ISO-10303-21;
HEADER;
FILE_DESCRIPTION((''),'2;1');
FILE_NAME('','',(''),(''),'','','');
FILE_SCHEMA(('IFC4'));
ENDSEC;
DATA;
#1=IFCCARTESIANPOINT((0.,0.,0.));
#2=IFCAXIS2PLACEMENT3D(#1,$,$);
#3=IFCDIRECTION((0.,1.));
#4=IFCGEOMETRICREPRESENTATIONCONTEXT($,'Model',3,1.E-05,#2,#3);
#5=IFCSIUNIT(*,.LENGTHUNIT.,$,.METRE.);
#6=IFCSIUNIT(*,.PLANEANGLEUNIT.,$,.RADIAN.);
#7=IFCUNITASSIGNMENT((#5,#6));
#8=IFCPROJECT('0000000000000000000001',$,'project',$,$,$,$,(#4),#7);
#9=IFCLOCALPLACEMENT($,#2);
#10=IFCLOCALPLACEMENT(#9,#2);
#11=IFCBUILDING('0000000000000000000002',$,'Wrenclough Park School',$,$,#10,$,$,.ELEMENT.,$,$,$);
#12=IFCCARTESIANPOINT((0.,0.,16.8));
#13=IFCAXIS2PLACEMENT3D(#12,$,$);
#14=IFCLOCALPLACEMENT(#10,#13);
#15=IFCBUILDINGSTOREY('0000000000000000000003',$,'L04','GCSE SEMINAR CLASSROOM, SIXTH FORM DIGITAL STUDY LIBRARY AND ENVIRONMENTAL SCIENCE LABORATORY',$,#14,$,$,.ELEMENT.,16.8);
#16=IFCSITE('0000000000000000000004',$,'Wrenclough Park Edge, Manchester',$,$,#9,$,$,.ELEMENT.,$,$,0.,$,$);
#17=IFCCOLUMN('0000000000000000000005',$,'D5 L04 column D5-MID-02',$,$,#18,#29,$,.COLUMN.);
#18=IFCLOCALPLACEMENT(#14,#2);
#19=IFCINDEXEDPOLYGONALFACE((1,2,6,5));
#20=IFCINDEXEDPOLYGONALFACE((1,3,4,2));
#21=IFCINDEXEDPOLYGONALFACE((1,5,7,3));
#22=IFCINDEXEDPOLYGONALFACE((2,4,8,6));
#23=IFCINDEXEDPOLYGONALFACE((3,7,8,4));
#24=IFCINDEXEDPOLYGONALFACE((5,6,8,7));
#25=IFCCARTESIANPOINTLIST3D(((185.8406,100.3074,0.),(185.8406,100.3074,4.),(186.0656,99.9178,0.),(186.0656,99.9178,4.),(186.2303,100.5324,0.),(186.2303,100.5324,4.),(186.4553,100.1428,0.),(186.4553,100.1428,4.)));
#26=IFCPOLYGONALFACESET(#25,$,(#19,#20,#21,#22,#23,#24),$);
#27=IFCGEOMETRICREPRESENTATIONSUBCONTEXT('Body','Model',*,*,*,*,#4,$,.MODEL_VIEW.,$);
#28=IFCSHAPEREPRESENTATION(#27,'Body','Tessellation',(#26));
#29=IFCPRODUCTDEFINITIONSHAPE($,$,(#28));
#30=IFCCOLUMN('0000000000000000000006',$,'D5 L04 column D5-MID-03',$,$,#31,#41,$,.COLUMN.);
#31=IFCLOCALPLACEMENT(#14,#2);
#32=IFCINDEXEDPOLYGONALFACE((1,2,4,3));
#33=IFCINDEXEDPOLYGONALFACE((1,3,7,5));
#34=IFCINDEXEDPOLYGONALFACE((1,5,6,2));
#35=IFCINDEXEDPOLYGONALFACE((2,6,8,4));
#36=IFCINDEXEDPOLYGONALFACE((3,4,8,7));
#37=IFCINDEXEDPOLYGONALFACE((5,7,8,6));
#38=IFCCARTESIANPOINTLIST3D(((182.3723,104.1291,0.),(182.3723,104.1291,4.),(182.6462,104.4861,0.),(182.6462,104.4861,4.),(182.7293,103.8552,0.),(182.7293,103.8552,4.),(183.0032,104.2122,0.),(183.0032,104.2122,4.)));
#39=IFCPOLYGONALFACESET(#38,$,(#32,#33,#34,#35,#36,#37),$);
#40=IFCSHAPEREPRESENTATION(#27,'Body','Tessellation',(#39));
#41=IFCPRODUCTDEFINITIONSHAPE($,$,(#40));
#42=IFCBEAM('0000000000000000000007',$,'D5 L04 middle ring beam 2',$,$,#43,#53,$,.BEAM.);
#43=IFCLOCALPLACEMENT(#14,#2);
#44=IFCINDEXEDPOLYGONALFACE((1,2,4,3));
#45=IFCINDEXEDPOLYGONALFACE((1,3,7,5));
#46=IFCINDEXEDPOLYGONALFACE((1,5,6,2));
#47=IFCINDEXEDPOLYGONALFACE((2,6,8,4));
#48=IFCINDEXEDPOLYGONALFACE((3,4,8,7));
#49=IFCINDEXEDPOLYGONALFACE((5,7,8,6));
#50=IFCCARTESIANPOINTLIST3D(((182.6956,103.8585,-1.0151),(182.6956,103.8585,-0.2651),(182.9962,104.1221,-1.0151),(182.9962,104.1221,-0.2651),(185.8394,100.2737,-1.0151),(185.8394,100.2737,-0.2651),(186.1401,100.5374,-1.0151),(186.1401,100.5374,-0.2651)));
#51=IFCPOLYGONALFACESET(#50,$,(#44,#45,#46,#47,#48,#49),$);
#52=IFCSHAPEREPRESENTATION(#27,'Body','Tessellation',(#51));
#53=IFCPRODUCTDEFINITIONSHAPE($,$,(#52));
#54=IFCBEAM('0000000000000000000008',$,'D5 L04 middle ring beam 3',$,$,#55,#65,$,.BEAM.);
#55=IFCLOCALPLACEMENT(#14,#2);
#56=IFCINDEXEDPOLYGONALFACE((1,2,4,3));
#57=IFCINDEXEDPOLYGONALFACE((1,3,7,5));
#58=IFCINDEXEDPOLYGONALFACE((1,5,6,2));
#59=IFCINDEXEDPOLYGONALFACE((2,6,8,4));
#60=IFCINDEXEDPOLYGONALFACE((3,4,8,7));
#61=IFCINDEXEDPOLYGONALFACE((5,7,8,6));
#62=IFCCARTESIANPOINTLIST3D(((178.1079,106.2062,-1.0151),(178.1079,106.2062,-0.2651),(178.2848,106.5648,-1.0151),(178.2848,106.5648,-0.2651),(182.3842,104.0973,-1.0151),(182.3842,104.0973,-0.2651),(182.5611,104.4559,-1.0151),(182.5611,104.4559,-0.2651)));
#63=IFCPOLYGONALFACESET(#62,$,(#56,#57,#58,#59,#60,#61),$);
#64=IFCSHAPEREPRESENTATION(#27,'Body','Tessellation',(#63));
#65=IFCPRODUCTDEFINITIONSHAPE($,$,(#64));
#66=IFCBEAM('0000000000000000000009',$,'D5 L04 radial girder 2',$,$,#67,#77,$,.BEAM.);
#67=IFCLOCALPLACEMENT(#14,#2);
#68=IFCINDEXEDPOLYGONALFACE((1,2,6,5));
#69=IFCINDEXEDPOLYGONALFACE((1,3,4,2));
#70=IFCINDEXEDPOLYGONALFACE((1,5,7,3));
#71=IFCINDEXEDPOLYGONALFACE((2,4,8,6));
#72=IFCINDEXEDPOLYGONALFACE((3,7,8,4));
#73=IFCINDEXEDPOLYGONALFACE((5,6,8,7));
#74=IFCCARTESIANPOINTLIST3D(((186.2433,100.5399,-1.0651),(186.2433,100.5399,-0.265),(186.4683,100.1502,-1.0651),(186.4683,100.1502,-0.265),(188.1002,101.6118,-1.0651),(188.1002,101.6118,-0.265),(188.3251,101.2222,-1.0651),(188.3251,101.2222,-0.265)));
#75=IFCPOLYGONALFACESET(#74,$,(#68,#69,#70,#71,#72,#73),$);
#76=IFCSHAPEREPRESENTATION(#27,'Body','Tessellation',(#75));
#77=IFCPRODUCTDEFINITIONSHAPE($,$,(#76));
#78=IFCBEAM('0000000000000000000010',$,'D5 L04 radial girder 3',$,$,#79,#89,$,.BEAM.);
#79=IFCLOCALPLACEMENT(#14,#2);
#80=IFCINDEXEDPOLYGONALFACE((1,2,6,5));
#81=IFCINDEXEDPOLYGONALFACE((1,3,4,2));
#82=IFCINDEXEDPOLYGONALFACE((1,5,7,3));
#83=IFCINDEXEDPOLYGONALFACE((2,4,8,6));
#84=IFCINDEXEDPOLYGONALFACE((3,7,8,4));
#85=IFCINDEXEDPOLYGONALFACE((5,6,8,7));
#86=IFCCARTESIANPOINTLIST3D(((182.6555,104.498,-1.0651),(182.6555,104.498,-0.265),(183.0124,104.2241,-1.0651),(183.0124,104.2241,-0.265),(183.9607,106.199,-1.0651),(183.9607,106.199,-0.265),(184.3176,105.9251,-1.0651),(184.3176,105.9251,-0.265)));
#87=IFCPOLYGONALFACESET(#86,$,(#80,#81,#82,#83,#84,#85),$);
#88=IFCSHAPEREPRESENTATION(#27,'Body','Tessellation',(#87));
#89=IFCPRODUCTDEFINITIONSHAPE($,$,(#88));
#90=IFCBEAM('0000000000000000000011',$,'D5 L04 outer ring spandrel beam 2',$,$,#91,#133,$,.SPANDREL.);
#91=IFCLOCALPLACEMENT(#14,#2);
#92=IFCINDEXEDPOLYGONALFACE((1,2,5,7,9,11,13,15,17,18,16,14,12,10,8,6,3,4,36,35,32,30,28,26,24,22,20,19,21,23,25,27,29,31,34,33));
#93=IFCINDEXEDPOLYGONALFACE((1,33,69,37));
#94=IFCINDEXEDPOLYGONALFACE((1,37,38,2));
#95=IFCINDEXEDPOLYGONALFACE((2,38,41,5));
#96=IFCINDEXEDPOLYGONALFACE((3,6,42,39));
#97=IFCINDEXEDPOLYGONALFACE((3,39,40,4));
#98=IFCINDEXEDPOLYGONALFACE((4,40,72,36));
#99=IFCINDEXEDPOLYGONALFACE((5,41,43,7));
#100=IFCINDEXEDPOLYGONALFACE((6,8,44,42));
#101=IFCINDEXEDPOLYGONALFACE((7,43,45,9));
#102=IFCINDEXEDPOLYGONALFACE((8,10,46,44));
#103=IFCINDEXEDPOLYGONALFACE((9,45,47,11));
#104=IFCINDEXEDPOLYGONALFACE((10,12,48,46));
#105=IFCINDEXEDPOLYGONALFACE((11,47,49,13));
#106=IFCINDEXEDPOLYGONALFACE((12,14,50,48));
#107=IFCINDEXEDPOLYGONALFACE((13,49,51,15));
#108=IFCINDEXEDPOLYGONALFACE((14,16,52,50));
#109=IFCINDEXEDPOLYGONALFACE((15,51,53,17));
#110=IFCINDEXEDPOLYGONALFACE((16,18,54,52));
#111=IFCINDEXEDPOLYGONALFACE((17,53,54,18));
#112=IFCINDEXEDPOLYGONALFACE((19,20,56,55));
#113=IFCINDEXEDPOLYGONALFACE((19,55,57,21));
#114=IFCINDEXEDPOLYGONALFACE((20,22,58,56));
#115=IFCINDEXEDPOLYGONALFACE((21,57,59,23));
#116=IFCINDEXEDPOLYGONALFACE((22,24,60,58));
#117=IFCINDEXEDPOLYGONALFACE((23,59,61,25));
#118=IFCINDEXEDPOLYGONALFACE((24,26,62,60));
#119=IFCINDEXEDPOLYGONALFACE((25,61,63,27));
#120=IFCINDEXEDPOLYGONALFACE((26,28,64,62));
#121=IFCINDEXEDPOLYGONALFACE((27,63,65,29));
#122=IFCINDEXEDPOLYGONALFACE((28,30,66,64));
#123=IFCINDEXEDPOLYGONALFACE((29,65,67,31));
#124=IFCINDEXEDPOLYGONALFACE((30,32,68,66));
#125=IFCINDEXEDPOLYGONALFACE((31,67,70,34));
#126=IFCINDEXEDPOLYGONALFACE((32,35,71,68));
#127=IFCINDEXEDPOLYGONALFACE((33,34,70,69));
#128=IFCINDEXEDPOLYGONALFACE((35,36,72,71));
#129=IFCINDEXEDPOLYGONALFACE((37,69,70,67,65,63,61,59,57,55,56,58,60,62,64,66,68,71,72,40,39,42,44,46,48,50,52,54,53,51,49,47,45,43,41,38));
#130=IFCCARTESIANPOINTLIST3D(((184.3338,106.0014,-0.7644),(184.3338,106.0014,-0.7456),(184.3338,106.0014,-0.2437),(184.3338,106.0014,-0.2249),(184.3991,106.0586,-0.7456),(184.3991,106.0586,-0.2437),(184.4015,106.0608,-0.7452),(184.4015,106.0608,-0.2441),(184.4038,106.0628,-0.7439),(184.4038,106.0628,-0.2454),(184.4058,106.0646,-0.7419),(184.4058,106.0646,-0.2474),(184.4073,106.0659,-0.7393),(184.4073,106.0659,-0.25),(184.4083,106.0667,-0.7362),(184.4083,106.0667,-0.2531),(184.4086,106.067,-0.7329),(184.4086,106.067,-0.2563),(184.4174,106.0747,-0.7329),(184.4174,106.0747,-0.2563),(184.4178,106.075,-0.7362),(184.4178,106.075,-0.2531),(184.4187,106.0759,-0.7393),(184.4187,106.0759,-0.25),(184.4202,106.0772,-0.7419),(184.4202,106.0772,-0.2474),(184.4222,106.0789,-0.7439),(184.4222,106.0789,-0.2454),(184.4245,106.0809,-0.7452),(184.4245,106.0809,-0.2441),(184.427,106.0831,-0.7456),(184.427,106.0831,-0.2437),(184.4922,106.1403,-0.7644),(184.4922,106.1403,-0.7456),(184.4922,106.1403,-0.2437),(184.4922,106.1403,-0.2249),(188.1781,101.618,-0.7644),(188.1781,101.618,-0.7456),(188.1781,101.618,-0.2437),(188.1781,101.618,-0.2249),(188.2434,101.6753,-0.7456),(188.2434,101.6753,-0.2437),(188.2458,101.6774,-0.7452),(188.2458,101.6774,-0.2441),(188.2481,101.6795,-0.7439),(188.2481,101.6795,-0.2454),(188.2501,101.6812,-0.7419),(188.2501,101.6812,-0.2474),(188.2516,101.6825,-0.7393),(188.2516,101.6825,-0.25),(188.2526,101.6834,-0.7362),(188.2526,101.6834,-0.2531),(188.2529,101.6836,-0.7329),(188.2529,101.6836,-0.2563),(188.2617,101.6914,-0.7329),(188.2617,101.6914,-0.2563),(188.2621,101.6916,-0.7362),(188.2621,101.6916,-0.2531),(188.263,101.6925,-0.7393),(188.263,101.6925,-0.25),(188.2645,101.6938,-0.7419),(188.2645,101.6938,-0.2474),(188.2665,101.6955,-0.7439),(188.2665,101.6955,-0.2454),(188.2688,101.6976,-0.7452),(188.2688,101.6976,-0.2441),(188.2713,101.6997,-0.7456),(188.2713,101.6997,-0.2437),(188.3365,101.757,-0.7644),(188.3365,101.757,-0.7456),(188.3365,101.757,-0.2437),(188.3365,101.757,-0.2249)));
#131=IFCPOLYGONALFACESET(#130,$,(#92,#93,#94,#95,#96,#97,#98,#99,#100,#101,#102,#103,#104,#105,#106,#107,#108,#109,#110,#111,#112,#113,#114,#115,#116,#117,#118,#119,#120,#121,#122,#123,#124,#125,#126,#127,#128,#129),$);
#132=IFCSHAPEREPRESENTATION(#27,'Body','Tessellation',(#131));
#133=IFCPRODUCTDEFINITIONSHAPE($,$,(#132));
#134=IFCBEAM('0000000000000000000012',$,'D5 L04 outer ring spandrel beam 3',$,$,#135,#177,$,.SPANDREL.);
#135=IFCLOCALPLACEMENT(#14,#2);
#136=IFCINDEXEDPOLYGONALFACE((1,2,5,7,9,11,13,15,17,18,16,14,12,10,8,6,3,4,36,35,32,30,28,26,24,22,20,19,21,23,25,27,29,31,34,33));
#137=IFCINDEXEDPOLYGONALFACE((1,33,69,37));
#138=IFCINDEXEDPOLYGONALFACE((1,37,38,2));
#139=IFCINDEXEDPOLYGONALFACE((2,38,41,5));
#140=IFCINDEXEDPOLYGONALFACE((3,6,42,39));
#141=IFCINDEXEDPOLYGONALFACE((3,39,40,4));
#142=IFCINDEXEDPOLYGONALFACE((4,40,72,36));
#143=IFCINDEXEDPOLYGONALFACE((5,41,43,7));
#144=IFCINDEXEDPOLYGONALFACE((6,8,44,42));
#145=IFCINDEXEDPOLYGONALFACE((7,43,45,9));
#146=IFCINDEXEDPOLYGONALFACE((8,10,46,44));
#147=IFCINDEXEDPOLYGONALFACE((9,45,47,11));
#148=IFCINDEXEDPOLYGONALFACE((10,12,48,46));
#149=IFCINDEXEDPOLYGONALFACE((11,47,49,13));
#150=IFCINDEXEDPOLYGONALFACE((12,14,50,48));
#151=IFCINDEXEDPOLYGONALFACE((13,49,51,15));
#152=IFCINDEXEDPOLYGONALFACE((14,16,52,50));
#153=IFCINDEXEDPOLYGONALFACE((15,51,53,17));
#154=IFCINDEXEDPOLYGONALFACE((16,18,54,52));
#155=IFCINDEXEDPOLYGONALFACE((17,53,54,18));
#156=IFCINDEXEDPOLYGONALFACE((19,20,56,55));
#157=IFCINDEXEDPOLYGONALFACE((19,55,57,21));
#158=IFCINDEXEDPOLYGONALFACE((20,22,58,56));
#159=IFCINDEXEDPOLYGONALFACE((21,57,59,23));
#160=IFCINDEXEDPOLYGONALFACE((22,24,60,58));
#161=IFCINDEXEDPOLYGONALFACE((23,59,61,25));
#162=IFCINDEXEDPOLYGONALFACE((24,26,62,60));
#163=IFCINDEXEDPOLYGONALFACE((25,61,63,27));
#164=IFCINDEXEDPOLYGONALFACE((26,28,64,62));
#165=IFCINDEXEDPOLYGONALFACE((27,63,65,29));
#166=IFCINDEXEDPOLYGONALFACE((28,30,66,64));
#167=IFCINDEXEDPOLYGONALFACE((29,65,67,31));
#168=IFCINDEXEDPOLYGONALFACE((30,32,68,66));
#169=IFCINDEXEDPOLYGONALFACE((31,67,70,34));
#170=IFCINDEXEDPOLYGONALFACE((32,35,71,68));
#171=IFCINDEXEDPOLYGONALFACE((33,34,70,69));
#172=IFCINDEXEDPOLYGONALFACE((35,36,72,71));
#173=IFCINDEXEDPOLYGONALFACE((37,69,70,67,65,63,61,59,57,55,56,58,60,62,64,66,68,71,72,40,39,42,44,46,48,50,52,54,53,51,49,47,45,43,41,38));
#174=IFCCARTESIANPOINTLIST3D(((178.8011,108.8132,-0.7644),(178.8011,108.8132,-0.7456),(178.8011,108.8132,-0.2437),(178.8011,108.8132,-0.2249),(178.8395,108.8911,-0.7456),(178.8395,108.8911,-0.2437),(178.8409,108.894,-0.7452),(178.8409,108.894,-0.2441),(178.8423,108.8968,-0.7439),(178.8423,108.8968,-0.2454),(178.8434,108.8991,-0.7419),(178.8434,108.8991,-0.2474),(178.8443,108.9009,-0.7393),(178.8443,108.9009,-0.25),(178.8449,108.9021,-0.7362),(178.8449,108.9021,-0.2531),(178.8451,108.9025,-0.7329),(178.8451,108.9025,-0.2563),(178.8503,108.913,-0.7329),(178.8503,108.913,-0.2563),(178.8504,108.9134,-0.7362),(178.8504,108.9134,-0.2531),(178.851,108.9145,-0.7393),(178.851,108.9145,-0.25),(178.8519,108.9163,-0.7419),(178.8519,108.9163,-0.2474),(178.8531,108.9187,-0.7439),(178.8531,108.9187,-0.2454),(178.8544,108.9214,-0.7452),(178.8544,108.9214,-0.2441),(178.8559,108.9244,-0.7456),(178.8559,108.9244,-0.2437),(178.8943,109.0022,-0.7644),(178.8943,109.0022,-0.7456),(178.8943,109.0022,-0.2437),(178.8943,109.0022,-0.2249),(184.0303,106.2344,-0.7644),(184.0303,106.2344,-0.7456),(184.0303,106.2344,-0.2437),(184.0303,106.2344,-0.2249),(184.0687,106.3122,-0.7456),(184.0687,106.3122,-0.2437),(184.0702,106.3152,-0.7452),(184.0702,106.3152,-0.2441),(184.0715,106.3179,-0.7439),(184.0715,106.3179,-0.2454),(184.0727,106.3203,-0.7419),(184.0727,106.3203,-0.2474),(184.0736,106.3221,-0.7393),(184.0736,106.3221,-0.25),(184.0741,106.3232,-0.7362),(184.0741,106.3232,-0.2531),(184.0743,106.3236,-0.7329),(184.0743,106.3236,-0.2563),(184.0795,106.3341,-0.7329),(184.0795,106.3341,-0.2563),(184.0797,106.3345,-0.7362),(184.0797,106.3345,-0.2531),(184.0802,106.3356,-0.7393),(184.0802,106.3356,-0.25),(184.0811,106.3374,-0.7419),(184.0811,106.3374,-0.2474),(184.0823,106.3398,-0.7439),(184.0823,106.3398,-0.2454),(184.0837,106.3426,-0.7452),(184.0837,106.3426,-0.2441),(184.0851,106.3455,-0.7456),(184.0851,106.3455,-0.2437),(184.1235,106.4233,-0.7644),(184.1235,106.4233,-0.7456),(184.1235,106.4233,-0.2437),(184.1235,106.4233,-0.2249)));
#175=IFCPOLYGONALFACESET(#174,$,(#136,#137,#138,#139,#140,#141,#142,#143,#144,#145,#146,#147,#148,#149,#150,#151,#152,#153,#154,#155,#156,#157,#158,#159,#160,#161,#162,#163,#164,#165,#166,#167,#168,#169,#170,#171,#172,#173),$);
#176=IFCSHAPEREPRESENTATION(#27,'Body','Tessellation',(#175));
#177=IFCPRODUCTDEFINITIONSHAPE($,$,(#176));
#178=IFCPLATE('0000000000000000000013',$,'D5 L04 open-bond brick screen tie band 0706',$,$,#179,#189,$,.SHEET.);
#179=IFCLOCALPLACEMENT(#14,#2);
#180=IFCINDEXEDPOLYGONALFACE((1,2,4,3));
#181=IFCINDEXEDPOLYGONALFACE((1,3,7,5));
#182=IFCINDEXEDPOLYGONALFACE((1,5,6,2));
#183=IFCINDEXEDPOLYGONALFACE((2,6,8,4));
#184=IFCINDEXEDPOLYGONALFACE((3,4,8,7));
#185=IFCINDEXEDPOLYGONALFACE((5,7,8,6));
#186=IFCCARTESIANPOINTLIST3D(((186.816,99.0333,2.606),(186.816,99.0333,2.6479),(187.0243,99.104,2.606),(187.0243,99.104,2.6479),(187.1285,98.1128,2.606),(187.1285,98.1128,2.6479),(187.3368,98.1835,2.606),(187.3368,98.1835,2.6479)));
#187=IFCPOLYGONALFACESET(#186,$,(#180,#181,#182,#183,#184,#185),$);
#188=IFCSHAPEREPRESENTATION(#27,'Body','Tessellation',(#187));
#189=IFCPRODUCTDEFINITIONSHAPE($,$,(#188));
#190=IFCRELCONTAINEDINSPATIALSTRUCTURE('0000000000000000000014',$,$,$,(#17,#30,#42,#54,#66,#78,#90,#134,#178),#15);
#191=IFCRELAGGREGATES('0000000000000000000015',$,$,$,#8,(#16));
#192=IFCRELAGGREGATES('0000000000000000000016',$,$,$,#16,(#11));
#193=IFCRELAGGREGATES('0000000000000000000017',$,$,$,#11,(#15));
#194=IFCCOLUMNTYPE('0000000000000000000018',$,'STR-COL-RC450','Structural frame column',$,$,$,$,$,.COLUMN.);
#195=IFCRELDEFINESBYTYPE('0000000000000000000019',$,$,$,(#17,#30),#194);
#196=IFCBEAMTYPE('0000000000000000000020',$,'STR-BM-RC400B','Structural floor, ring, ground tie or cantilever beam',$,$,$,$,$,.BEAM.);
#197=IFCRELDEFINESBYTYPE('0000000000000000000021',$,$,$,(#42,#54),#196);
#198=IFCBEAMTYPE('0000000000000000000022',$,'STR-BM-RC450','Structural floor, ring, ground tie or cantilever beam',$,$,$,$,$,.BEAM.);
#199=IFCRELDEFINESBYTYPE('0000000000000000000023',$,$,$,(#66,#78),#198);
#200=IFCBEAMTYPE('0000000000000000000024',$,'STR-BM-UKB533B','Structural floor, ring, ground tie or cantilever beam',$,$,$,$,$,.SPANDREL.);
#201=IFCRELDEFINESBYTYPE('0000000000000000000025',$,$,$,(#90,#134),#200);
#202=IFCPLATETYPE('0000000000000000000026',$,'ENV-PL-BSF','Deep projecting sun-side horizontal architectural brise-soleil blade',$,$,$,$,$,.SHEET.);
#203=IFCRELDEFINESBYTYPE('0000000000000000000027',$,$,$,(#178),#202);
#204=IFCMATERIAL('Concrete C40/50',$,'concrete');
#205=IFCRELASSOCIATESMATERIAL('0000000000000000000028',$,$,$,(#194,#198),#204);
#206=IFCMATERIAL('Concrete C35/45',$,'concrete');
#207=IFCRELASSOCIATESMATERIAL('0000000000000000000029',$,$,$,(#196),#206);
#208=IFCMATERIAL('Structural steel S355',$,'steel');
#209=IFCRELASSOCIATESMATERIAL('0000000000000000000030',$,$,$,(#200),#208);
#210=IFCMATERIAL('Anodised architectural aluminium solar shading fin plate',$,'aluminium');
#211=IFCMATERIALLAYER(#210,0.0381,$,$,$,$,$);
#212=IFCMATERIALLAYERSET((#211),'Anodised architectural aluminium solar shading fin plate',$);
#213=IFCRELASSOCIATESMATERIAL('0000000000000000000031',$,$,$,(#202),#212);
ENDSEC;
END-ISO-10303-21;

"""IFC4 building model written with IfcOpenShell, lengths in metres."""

from ifc_helpers import new_model, si_unit, direction, frame, origin, origin_2d, place, context, subcontext, project, spatial, rectangle, i_section, extrude, material, layer, layer_set, material_profile, profile_set, type_object, element, save


model = new_model("IFC4")

# Units and contexts
model_context = context("Model", 3, precision=1e-05, world=origin(), true_north=direction((0.0, 1.0)))
body_context = subcontext(model_context, "Body", "Model", "MODEL_VIEW")
ifc_project = project(units=[si_unit("LENGTHUNIT", "METRE"), si_unit("PLANEANGLEUNIT", "RADIAN")], contexts=[model_context])

# Site, building, storey
site_placement = place(None, origin())
site = spatial("IfcSite", under=ifc_project, at=site_placement, Name="Wrenclough Park Edge, Manchester", CompositionType="ELEMENT", RefElevation=0.0)
building_placement = place(site_placement, origin())
building = spatial("IfcBuilding", under=site, at=building_placement, Name="Wrenclough Park School", CompositionType="ELEMENT")
storey_placement = place(building_placement, frame((0.0, 0.0, 16.8)))
storey = spatial("IfcBuildingStorey", under=building, at=storey_placement, Name="L04", Description="GCSE SEMINAR CLASSROOM, SIXTH FORM DIGITAL STUDY LIBRARY AND ENVIRONMENTAL SCIENCE LABORATORY", CompositionType="ELEMENT", Elevation=16.8)

# Columns
ifc_material_1 = material(Name="Concrete C40/50", Category="concrete")
ifc_material_profile_1 = material_profile(ifc_material_1, rectangle(XDim=0.45, YDim=0.45, at=origin_2d()), Name="RC COL 450x450")
ifc_profile_set_1 = profile_set([ifc_material_profile_1], Name="Concrete C40/50")
column_type = type_object("IfcColumnType", Name="STR-COL-RC450", Description="Structural frame column", PredefinedType="COLUMN", material=ifc_profile_set_1)
for number, where, z_axis, x_axis, name in (
    (1, (186.1479, 100.2251, 0.0), (0.0, 0.0, 1.0), (-0.5, 0.866025, 0.0), "D5 L04 column D5-MID-02"),
    (2, (182.6877, 104.1707, 0.0), (0.0, 0.0, 1.0), (-0.793353, 0.608761, 0.0), "D5 L04 column D5-MID-03"),
):
    element("IfcColumn", number, at=place(storey_placement, frame(where, z_axis=z_axis, x_axis=x_axis)), inside=storey, type_object=column_type, Name=name, PredefinedType="COLUMN", context=body_context, shape_type="SweptSolid", body=[
        extrude(rectangle(XDim=0.45, YDim=0.45, at=origin_2d()), origin(), (0.0, 0.0, 1.0), 4.0),
    ])

# Beams
ifc_material_2 = material(Name="Concrete C35/45", Category="concrete")
ifc_material_profile_2 = material_profile(ifc_material_2, rectangle(XDim=0.3999, YDim=0.75, at=origin_2d()), Name="RC BEAM 400x750")
ifc_profile_set_2 = profile_set([ifc_material_profile_2], Name="Concrete C35/45")
beam_type_1 = type_object("IfcBeamType", Name="STR-BM-RC400B", Description="Structural floor, ring, ground tie or cantilever beam", PredefinedType="BEAM", material=ifc_profile_set_2)
for number, where, z_axis, x_axis, name in (
    (3, (185.9897, 100.4055, -0.6401), (-0.659356, 0.751831, 0.0), (-0.751831, -0.659356, 0.0), "D5 L04 middle ring beam 2"),
    (4, (182.4727, 104.2766, -0.6401), (-0.896871, 0.442291, 0.0), (-0.442291, -0.896871, 0.0), "D5 L04 middle ring beam 3"),
):
    element("IfcBeam", number, at=place(storey_placement, frame(where, z_axis=z_axis, x_axis=x_axis)), inside=storey, type_object=beam_type_1, Name=name, PredefinedType="BEAM", context=body_context, shape_type="SweptSolid", body=[
        extrude(rectangle(XDim=0.3999, YDim=0.75, at=origin_2d()), origin(), (0.0, 0.0, 1.0), 4.7681),
    ])
ifc_material_profile_3 = material_profile(ifc_material_1, rectangle(XDim=0.45, YDim=0.8, at=origin_2d()), Name="RC BEAM 450x800")
ifc_profile_set_3 = profile_set([ifc_material_profile_3], Name="Concrete C40/50")
beam_type_2 = type_object("IfcBeamType", Name="STR-BM-RC450", Description="Structural floor, ring, ground tie or cantilever beam", PredefinedType="BEAM", material=ifc_profile_set_3)
for number, where, z_axis, x_axis, name in (
    (5, (188.2126, 101.417, -0.665), (-0.866041, -0.499972, 0.0), (0.499972, -0.866041, 0.0), "D5 L04 radial girder 2"),
    (6, (184.1392, 106.062, -0.665), (-0.608764, -0.793352, 0.0), (0.793352, -0.608764, 0.0), "D5 L04 radial girder 3"),
):
    element("IfcBeam", number, at=place(storey_placement, frame(where, z_axis=z_axis, x_axis=x_axis)), inside=storey, type_object=beam_type_2, Name=name, PredefinedType="BEAM", context=body_context, shape_type="SweptSolid", body=[
        extrude(rectangle(XDim=0.45, YDim=0.8, at=origin_2d()), origin(), (0.0, 0.0, 1.0), 2.144),
    ])
ifc_material_3 = material(Name="Structural steel S355", Category="steel")
ifc_material_profile_4 = material_profile(ifc_material_3, i_section(OverallWidth=0.2107, OverallDepth=0.5396, WebThickness=0.0117, FlangeThickness=0.0188, FilletRadius=0.0127, at=origin_2d()), Name="UKB 533x210x109")
ifc_profile_set_4 = profile_set([ifc_material_profile_4], Name="Structural steel S355")
beam_type_3 = type_object("IfcBeamType", Name="STR-BM-UKB533B", Description="Structural floor, ring, ground tie or cantilever beam", PredefinedType="SPANDREL", material=ifc_profile_set_4)
beam_1_placement = place(storey_placement, frame((188.2573, 101.6875, -0.4946), z_axis=(-0.659364, 0.751824, 0.0), x_axis=(-0.751824, -0.659364, 0.0)))
element("IfcBeam", 7, at=beam_1_placement, inside=storey, type_object=beam_type_3, Name="D5 L04 outer ring spandrel beam 2", PredefinedType="SPANDREL", context=body_context, shape_type="SweptSolid", body=[
    extrude(i_section(OverallWidth=0.2107, OverallDepth=0.5396, WebThickness=0.0117, FlangeThickness=0.0188, FilletRadius=0.0127, at=origin_2d()), origin(), (0.0, 0.0, 1.0), 5.8303),
])
beam_2_placement = place(storey_placement, frame((184.0769, 106.3289, -0.4946), z_axis=(-0.896867, 0.442299, 0.0), x_axis=(-0.442299, -0.896867, 0.0)))
element("IfcBeam", 8, at=beam_2_placement, inside=storey, type_object=beam_type_3, Name="D5 L04 outer ring spandrel beam 3", PredefinedType="SPANDREL", context=body_context, shape_type="SweptSolid", body=[
    extrude(i_section(OverallWidth=0.2107, OverallDepth=0.5396, WebThickness=0.0117, FlangeThickness=0.0188, FilletRadius=0.0127, at=origin_2d()), origin(), (0.0, 0.0, 1.0), 5.8306),
])

# Plate
ifc_material_4 = material(Name="Anodised architectural aluminium solar shading fin plate", Category="aluminium")
ifc_layer_1 = layer(ifc_material_4, 0.0381)
ifc_layer_set_1 = layer_set([ifc_layer_1], Name="Anodised architectural aluminium solar shading fin plate")
plate_type = type_object("IfcPlateType", Name="ENV-PL-BSF", Description="Deep projecting sun-side horizontal architectural brise-soleil blade", PredefinedType="SHEET", material=ifc_layer_set_1)
plate_placement = place(storey_placement, frame((187.0764, 98.6084, 2.606), z_axis=(0.0, 0.0, 1.0), x_axis=(-0.321421, 0.946937, 0.0)))
element("IfcPlate", 9, at=plate_placement, inside=storey, type_object=plate_type, Name="D5 L04 open-bond brick screen tie band 0706", PredefinedType="SHEET", context=body_context, shape_type="SweptSolid", body=[
    extrude(rectangle(XDim=0.9722, YDim=0.22, at=origin_2d()), origin(), (0.0, 0.0, 1.0), 0.042),
])

save(model, "model.ifc")
